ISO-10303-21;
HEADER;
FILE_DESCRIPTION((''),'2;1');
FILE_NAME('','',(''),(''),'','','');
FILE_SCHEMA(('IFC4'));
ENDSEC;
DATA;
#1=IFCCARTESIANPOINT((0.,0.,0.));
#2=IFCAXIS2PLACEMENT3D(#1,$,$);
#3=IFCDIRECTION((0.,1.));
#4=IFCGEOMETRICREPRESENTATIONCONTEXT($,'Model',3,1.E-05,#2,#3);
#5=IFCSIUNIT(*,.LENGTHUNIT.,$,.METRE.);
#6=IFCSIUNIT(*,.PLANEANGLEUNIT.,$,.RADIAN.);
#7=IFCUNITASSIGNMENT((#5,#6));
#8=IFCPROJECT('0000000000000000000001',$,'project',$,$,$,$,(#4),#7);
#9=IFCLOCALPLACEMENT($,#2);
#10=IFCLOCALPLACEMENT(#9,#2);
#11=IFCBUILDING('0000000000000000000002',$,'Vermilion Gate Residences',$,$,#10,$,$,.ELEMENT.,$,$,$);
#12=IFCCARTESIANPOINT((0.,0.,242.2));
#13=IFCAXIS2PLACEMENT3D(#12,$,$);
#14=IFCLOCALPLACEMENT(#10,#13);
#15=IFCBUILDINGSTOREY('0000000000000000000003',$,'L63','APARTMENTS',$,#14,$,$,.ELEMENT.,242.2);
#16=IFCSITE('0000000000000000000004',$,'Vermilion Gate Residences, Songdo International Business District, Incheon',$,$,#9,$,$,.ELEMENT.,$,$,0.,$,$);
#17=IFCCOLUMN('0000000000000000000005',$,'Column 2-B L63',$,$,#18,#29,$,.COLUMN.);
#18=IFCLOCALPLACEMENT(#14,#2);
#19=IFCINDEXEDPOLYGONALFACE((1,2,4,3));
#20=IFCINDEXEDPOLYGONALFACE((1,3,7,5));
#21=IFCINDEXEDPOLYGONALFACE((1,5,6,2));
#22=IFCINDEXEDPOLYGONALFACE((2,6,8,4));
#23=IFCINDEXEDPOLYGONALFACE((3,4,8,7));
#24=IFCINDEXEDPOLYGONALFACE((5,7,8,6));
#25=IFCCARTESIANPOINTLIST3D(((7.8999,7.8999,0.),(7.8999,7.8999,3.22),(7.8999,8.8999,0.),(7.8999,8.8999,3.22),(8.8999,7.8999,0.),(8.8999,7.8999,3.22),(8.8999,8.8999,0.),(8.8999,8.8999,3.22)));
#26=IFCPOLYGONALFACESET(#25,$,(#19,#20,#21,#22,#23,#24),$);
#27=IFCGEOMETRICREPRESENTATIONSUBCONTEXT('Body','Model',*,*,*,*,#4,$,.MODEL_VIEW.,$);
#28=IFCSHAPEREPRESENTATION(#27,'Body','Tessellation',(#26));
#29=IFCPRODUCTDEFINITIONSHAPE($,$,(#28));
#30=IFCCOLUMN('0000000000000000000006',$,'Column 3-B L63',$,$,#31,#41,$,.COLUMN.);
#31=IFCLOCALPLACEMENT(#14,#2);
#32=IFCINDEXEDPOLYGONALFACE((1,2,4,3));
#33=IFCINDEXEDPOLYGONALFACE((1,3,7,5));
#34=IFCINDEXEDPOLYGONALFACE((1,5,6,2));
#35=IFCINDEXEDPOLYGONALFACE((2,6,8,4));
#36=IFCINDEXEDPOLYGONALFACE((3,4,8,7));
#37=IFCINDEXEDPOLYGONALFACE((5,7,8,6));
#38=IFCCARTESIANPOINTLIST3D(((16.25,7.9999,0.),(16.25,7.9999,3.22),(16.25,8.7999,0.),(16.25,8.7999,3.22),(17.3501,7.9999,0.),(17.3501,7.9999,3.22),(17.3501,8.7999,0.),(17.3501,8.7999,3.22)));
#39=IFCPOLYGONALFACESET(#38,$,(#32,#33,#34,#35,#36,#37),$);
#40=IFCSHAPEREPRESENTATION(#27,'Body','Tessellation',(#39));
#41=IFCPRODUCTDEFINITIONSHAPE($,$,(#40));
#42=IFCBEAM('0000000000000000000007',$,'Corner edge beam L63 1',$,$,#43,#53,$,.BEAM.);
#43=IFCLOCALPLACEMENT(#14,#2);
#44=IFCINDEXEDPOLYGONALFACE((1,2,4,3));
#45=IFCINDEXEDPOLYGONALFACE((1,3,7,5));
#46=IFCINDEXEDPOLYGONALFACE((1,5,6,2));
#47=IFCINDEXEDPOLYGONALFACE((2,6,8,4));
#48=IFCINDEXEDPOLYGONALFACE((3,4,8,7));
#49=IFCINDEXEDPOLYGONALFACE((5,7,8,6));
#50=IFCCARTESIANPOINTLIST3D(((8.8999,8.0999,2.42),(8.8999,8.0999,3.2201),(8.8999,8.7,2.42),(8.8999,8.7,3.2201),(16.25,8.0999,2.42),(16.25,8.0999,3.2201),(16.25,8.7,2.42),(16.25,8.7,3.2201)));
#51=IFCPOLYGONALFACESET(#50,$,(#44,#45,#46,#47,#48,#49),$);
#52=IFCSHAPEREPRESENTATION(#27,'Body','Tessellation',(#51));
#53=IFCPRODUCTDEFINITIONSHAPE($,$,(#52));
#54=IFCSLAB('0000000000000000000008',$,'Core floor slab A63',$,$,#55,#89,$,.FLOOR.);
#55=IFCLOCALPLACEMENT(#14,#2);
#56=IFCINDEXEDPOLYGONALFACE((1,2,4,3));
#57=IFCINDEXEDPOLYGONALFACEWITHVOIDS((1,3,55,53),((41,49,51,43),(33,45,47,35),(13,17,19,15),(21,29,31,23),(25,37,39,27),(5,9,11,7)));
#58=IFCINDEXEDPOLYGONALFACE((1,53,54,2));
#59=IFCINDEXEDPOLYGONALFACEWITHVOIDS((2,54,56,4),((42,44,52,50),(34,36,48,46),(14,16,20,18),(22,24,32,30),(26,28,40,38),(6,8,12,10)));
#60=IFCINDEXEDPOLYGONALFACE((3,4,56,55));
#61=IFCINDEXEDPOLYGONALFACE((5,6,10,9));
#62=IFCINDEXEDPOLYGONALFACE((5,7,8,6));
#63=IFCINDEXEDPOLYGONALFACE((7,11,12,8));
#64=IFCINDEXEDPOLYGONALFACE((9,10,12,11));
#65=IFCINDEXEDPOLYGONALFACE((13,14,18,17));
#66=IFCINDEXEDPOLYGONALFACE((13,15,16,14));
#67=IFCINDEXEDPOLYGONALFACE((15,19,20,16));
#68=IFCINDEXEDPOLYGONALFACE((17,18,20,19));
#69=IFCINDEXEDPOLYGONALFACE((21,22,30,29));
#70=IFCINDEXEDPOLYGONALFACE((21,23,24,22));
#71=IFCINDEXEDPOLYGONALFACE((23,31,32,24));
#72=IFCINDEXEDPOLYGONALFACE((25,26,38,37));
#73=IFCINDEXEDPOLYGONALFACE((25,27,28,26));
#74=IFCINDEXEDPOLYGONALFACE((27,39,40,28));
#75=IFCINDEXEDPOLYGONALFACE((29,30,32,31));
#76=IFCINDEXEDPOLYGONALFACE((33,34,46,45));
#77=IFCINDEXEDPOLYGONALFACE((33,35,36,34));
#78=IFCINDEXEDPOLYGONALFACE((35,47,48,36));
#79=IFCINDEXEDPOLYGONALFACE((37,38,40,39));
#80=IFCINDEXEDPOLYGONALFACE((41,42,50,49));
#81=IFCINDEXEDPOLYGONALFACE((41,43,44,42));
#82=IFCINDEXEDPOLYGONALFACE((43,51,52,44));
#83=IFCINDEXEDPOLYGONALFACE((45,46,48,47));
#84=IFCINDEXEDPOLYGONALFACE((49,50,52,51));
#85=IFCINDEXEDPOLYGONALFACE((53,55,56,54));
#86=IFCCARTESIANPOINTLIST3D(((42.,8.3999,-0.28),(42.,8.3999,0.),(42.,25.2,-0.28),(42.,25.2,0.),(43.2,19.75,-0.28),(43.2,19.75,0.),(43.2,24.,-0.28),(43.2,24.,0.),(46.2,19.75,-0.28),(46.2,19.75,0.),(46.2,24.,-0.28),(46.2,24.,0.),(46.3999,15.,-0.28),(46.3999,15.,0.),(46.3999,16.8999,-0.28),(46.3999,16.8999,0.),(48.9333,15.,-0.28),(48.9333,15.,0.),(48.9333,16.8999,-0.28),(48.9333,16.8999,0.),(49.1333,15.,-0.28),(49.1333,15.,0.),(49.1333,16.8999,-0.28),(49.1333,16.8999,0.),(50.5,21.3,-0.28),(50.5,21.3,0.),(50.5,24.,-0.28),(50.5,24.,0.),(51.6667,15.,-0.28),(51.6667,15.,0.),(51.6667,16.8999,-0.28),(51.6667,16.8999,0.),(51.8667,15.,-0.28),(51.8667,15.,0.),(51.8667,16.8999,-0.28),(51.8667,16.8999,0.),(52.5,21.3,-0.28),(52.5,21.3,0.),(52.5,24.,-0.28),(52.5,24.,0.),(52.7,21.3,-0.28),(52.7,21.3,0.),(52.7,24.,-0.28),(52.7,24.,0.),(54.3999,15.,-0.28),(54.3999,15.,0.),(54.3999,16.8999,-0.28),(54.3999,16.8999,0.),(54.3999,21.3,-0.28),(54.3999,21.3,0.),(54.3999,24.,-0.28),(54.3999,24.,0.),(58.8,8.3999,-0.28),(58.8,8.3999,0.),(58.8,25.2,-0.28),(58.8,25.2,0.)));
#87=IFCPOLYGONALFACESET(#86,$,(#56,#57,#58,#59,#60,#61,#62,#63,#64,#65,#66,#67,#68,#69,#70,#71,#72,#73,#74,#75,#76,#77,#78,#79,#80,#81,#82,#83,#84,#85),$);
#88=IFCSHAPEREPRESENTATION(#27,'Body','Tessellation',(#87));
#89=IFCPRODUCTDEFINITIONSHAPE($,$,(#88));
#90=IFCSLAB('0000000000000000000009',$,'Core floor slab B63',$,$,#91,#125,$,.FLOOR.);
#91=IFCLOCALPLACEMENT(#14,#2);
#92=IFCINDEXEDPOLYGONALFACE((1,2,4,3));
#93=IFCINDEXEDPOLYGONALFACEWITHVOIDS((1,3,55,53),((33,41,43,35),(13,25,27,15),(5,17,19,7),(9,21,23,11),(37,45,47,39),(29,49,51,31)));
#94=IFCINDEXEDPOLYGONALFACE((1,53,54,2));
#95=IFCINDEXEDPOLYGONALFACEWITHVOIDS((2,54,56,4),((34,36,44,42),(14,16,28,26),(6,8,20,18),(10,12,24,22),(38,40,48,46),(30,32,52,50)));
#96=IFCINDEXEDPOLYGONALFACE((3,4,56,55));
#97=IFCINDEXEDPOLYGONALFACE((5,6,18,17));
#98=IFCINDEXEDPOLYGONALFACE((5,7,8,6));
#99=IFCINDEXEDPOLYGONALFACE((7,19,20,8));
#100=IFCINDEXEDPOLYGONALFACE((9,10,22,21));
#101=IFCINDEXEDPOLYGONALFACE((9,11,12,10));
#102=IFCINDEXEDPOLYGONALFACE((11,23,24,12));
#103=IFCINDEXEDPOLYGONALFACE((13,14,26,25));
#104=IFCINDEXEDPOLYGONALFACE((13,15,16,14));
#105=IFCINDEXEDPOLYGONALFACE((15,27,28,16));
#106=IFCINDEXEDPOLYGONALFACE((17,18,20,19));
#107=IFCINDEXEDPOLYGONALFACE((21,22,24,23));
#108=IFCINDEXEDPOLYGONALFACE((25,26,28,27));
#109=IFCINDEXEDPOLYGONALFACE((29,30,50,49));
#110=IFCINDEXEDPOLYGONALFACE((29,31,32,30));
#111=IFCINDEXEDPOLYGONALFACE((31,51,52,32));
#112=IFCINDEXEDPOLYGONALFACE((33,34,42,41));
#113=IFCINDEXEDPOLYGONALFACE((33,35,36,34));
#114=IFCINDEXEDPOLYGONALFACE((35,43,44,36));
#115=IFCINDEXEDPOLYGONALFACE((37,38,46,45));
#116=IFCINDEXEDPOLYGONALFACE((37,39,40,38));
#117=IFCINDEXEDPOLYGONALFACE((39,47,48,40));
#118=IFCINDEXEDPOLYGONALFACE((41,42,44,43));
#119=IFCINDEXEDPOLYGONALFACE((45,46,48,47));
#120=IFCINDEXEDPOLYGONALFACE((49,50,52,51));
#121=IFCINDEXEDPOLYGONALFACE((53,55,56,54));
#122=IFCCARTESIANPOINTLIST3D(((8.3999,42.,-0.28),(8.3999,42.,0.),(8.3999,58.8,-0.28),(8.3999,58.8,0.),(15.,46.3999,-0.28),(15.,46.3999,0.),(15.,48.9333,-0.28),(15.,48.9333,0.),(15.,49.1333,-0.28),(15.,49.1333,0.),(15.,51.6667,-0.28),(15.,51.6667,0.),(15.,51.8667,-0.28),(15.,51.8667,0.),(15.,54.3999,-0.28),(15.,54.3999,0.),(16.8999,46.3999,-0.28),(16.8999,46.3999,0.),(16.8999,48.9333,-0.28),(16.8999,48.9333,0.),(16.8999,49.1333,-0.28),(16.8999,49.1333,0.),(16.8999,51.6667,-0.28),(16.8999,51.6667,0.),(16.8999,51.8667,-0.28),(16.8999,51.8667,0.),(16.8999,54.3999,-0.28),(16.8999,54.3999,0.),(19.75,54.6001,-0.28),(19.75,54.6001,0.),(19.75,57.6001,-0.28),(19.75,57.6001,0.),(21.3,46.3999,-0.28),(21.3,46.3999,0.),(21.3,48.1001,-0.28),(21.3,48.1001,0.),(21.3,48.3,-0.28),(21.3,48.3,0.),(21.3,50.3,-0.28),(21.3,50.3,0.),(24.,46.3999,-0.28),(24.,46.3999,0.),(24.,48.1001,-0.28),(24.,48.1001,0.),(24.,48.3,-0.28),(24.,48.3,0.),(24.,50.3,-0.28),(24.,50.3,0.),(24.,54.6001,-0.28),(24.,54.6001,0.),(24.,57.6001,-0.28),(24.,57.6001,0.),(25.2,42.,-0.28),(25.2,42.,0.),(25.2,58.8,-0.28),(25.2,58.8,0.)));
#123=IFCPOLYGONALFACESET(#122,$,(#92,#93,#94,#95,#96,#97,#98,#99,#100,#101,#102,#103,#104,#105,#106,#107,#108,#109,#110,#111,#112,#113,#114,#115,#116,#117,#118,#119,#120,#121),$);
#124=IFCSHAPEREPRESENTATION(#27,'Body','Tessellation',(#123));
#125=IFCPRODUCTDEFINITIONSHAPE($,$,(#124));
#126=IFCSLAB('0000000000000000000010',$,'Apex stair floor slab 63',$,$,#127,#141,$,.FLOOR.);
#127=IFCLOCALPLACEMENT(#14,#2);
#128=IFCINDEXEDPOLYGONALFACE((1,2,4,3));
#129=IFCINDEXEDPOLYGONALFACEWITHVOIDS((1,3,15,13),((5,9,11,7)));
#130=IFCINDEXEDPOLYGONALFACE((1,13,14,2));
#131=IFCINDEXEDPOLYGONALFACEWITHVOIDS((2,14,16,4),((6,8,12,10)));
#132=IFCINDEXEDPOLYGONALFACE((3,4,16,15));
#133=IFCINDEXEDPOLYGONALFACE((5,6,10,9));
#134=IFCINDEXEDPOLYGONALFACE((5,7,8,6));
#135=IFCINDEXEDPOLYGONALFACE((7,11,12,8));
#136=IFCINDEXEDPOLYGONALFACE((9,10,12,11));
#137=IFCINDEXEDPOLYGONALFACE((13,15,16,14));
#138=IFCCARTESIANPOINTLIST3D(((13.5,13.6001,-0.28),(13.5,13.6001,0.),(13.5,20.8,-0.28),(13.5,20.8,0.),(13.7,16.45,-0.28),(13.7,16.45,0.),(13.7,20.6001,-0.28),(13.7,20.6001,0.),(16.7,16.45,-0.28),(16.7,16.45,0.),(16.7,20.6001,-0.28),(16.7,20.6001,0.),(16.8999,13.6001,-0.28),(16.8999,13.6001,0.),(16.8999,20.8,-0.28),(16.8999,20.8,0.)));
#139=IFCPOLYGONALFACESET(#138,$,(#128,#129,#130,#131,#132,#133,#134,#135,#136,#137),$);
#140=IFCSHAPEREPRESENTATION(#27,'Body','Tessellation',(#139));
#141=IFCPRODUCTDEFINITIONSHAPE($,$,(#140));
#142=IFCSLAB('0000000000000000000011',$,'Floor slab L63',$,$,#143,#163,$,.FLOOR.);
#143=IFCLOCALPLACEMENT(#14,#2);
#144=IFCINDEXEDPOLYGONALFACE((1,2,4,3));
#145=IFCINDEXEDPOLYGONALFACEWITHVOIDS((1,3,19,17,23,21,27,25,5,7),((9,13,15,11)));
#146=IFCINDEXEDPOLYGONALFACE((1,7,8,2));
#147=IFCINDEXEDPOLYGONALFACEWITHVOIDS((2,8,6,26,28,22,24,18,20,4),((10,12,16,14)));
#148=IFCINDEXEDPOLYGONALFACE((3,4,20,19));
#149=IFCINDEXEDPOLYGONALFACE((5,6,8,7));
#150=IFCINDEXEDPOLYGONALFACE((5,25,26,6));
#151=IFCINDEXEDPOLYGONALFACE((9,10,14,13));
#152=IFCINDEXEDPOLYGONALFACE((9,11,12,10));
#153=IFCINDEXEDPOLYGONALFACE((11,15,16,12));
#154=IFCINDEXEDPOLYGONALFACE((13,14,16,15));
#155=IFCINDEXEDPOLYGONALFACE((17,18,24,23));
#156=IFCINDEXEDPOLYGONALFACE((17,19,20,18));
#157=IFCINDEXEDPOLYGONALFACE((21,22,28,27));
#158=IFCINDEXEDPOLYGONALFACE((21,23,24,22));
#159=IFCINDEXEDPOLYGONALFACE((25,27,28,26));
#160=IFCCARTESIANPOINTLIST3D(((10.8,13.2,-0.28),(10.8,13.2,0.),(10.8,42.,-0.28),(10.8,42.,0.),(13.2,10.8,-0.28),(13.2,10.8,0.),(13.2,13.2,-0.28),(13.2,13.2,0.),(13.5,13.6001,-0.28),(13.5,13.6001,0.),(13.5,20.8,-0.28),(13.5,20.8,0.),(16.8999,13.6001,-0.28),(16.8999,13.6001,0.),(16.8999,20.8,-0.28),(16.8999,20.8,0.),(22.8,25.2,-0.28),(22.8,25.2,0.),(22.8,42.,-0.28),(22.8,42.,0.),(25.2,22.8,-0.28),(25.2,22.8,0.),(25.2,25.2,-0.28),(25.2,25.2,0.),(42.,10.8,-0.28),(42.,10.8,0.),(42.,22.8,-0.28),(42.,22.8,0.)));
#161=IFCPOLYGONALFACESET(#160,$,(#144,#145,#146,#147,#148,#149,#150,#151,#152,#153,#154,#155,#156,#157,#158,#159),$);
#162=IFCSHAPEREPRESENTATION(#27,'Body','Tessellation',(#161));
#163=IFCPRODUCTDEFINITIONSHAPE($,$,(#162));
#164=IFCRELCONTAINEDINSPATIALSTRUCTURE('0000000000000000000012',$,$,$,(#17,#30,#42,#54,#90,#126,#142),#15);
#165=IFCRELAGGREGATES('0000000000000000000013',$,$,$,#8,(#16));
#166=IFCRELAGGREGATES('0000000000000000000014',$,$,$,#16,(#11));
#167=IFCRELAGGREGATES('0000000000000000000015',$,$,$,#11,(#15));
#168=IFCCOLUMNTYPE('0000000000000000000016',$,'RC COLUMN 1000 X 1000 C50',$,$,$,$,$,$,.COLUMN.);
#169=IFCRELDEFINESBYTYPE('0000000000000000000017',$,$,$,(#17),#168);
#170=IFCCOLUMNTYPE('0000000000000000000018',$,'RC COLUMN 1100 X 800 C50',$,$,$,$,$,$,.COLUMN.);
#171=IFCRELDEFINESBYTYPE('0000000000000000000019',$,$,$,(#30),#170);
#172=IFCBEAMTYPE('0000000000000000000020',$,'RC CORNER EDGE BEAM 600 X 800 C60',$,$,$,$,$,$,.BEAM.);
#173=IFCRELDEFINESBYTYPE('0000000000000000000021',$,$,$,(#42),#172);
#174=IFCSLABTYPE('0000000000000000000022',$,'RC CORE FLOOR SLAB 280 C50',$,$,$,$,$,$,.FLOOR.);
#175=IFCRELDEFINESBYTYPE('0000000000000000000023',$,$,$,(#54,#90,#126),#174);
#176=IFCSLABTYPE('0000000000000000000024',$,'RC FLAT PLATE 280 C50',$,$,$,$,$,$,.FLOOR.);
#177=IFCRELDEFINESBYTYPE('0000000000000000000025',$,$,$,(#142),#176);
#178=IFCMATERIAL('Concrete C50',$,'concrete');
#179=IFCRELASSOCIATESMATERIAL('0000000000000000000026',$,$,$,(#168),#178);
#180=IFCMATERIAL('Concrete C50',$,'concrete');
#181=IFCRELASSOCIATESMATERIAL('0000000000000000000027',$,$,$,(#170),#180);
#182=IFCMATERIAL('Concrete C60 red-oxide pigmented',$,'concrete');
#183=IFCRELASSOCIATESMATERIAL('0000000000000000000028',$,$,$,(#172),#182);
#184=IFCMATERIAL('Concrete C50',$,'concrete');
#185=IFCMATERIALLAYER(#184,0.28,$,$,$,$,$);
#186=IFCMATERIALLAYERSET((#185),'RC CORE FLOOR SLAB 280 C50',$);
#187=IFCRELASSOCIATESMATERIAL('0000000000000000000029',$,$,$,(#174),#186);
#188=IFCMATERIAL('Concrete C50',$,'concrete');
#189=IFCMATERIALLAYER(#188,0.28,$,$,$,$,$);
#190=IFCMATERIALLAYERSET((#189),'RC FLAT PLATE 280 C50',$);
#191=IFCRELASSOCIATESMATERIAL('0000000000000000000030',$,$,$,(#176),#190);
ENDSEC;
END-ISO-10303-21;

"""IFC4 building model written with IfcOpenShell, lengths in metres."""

from ifc_helpers import new_model, si_unit, direction, frame, origin, origin_2d, place, context, subcontext, project, spatial, polyline, rectangle, outline, extrude, material, layer, layer_set, material_profile, profile_set, type_object, element, save


model = new_model("IFC4")

# Units and contexts
model_context = context("Model", 3, precision=1e-05, world=origin(), true_north=direction((0.0, 1.0)))
body_context = subcontext(model_context, "Body", "Model", "MODEL_VIEW")
ifc_project = project(units=[si_unit("LENGTHUNIT", "METRE"), si_unit("PLANEANGLEUNIT", "RADIAN")], contexts=[model_context])

# Site, building, storey
site_placement = place(None, origin())
site = spatial("IfcSite", under=ifc_project, at=site_placement, Name="Vermilion Gate Residences, Songdo International Business District, Incheon", CompositionType="ELEMENT", RefElevation=0.0)
building_placement = place(site_placement, origin())
building = spatial("IfcBuilding", under=site, at=building_placement, Name="Vermilion Gate Residences", CompositionType="ELEMENT")
storey_placement = place(building_placement, frame((0.0, 0.0, 242.2)))
storey = spatial("IfcBuildingStorey", under=building, at=storey_placement, Name="L63", Description="APARTMENTS", CompositionType="ELEMENT", Elevation=242.2)

# Columns
ifc_material_1 = material(Name="Concrete C50", Category="concrete")
ifc_material_profile_1 = material_profile(ifc_material_1, rectangle(XDim=1.0, YDim=1.0, at=origin_2d()), Name="RC-1000x1000")
ifc_profile_set_1 = profile_set([ifc_material_profile_1], Name="Concrete C50")
column_type_1 = type_object("IfcColumnType", Name="RC COLUMN 1000 X 1000 C50", PredefinedType="COLUMN", material=ifc_profile_set_1)
column_1_placement = place(storey_placement, frame((8.3999, 8.3999, 0.0), z_axis=(0.0, 0.0, 1.0), x_axis=(1.0, 0.0, 0.0)))
element("IfcColumn", 1, at=column_1_placement, inside=storey, type_object=column_type_1, Name="Column 2-B L63", PredefinedType="COLUMN", context=body_context, shape_type="SweptSolid", body=[
    extrude(rectangle(XDim=1.0, YDim=1.0, at=origin_2d()), origin(), (0.0, 0.0, 1.0), 3.22),
])
ifc_material_2 = material(Name="Concrete C50", Category="concrete")
ifc_material_profile_2 = material_profile(ifc_material_2, rectangle(XDim=1.1001, YDim=0.8, at=origin_2d()), Name="RC-1100x800")
ifc_profile_set_2 = profile_set([ifc_material_profile_2], Name="Concrete C50")
column_type_2 = type_object("IfcColumnType", Name="RC COLUMN 1100 X 800 C50", PredefinedType="COLUMN", material=ifc_profile_set_2)
column_2_placement = place(storey_placement, frame((16.8, 8.3999, 0.0), z_axis=(0.0, 0.0, 1.0), x_axis=(1.0, 0.0, 0.0)))
element("IfcColumn", 2, at=column_2_placement, inside=storey, type_object=column_type_2, Name="Column 3-B L63", PredefinedType="COLUMN", context=body_context, shape_type="SweptSolid", body=[
    extrude(rectangle(XDim=1.1001, YDim=0.8, at=origin_2d()), origin(), (0.0, 0.0, 1.0), 3.22),
])

# Beam
ifc_material_3 = material(Name="Concrete C60 red-oxide pigmented", Category="concrete")
ifc_material_profile_3 = material_profile(ifc_material_3, rectangle(XDim=0.6001, YDim=0.8, at=origin_2d()), Name="RC-600x800")
ifc_profile_set_3 = profile_set([ifc_material_profile_3], Name="Concrete C60 red-oxide pigmented")
beam_type = type_object("IfcBeamType", Name="RC CORNER EDGE BEAM 600 X 800 C60", PredefinedType="BEAM", material=ifc_profile_set_3)
beam_placement = place(storey_placement, frame((8.8999, 8.3999, 2.8201), z_axis=(1.0, 0.0, 0.0), x_axis=(0.0, 1.0, 0.0)))
element("IfcBeam", 3, at=beam_placement, inside=storey, type_object=beam_type, Name="Corner edge beam L63 1", PredefinedType="BEAM", context=body_context, shape_type="SweptSolid", body=[
    extrude(rectangle(XDim=0.6001, YDim=0.8, at=origin_2d()), origin(), (0.0, 0.0, 1.0), 7.3501),
])

# Slabs
ifc_material_4 = material(Name="Concrete C50", Category="concrete")
ifc_layer_1 = layer(ifc_material_4, 0.28)
ifc_layer_set_1 = layer_set([ifc_layer_1], Name="RC CORE FLOOR SLAB 280 C50")
slab_type_1 = type_object("IfcSlabType", Name="RC CORE FLOOR SLAB 280 C50", PredefinedType="FLOOR", material=ifc_layer_set_1)
slab_1_placement = place(storey_placement, frame((0.0, 0.0, -0.28)))
element("IfcSlab", 4, at=slab_1_placement, inside=storey, type_object=slab_type_1, Name="Core floor slab A63", PredefinedType="FLOOR", context=body_context, shape_type="SweptSolid", body=[
    extrude(outline(polyline([(42.0, 8.3999), (58.8, 8.3999), (58.8, 25.2), (42.0, 25.2), (42.0, 8.3999)]), holes=[polyline([(46.3999, 15.0), (46.3999, 16.8999), (48.9333, 16.8999), (48.9333, 15.0), (46.3999, 15.0)]), polyline([(49.1333, 16.8999), (51.6667, 16.8999), (51.6667, 15.0), (49.1333, 15.0), (49.1333, 16.8999)]), polyline([(51.8667, 16.8999), (54.3999, 16.8999), (54.3999, 15.0), (51.8667, 15.0), (51.8667, 16.8999)]), polyline([(43.2, 19.75), (43.2, 24.0), (46.2, 24.0), (46.2, 19.75), (43.2, 19.75)]), polyline([(50.5, 24.0), (52.5, 24.0), (52.5, 21.3), (50.5, 21.3), (50.5, 24.0)]), polyline([(52.7, 24.0), (54.3999, 24.0), (54.3999, 21.3), (52.7, 21.3), (52.7, 24.0)])]), origin(), (0.0, 0.0, 1.0), 0.28),
])
slab_2_placement = place(storey_placement, frame((0.0, 0.0, -0.28)))
element("IfcSlab", 5, at=slab_2_placement, inside=storey, type_object=slab_type_1, Name="Core floor slab B63", PredefinedType="FLOOR", context=body_context, shape_type="SweptSolid", body=[
    extrude(outline(polyline([(8.3999, 42.0), (25.2, 42.0), (25.2, 58.8), (8.3999, 58.8), (8.3999, 42.0)]), holes=[polyline([(21.3, 46.3999), (21.3, 48.1001), (24.0, 48.1001), (24.0, 46.3999), (21.3, 46.3999)]), polyline([(15.0, 48.9333), (16.8999, 48.9333), (16.8999, 46.3999), (15.0, 46.3999), (15.0, 48.9333)]), polyline([(21.3, 50.3), (24.0, 50.3), (24.0, 48.3), (21.3, 48.3), (21.3, 50.3)]), polyline([(15.0, 49.1333), (15.0, 51.6667), (16.8999, 51.6667), (16.8999, 49.1333), (15.0, 49.1333)]), polyline([(15.0, 54.3999), (16.8999, 54.3999), (16.8999, 51.8667), (15.0, 51.8667), (15.0, 54.3999)]), polyline([(19.75, 57.6001), (24.0, 57.6001), (24.0, 54.6001), (19.75, 54.6001), (19.75, 57.6001)])]), origin(), (0.0, 0.0, 1.0), 0.28),
])
slab_3_placement = place(storey_placement, frame((0.0, 0.0, -0.28)))
element("IfcSlab", 6, at=slab_3_placement, inside=storey, type_object=slab_type_1, Name="Apex stair floor slab 63", PredefinedType="FLOOR", context=body_context, shape_type="SweptSolid", body=[
    extrude(outline(polyline([(13.5, 13.6001), (16.8999, 13.6001), (16.8999, 20.8), (13.5, 20.8), (13.5, 13.6001)]), holes=[polyline([(16.7, 20.6001), (16.7, 16.45), (13.7, 16.45), (13.7, 20.6001), (16.7, 20.6001)])]), origin(), (0.0, 0.0, 1.0), 0.28),
])
ifc_material_5 = material(Name="Concrete C50", Category="concrete")
ifc_layer_2 = layer(ifc_material_5, 0.28)
ifc_layer_set_2 = layer_set([ifc_layer_2], Name="RC FLAT PLATE 280 C50")
slab_type_2 = type_object("IfcSlabType", Name="RC FLAT PLATE 280 C50", PredefinedType="FLOOR", material=ifc_layer_set_2)
slab_4_placement = place(storey_placement, frame((0.0, 0.0, -0.28)))
element("IfcSlab", 7, at=slab_4_placement, inside=storey, type_object=slab_type_2, Name="Floor slab L63", PredefinedType="FLOOR", context=body_context, shape_type="SweptSolid", body=[
    extrude(outline(polyline([(22.8, 25.2), (22.8, 42.0), (10.8, 42.0), (10.8, 13.2), (13.2, 13.2), (13.2, 10.8), (42.0, 10.8), (42.0, 22.8), (25.2, 22.8), (25.2, 25.2), (22.8, 25.2)]), holes=[polyline([(13.5, 13.6001), (13.5, 20.8), (16.8999, 20.8), (16.8999, 13.6001), (13.5, 13.6001)])]), origin(), (0.0, 0.0, 1.0), 0.28),
])

save(model, "model.ifc")
